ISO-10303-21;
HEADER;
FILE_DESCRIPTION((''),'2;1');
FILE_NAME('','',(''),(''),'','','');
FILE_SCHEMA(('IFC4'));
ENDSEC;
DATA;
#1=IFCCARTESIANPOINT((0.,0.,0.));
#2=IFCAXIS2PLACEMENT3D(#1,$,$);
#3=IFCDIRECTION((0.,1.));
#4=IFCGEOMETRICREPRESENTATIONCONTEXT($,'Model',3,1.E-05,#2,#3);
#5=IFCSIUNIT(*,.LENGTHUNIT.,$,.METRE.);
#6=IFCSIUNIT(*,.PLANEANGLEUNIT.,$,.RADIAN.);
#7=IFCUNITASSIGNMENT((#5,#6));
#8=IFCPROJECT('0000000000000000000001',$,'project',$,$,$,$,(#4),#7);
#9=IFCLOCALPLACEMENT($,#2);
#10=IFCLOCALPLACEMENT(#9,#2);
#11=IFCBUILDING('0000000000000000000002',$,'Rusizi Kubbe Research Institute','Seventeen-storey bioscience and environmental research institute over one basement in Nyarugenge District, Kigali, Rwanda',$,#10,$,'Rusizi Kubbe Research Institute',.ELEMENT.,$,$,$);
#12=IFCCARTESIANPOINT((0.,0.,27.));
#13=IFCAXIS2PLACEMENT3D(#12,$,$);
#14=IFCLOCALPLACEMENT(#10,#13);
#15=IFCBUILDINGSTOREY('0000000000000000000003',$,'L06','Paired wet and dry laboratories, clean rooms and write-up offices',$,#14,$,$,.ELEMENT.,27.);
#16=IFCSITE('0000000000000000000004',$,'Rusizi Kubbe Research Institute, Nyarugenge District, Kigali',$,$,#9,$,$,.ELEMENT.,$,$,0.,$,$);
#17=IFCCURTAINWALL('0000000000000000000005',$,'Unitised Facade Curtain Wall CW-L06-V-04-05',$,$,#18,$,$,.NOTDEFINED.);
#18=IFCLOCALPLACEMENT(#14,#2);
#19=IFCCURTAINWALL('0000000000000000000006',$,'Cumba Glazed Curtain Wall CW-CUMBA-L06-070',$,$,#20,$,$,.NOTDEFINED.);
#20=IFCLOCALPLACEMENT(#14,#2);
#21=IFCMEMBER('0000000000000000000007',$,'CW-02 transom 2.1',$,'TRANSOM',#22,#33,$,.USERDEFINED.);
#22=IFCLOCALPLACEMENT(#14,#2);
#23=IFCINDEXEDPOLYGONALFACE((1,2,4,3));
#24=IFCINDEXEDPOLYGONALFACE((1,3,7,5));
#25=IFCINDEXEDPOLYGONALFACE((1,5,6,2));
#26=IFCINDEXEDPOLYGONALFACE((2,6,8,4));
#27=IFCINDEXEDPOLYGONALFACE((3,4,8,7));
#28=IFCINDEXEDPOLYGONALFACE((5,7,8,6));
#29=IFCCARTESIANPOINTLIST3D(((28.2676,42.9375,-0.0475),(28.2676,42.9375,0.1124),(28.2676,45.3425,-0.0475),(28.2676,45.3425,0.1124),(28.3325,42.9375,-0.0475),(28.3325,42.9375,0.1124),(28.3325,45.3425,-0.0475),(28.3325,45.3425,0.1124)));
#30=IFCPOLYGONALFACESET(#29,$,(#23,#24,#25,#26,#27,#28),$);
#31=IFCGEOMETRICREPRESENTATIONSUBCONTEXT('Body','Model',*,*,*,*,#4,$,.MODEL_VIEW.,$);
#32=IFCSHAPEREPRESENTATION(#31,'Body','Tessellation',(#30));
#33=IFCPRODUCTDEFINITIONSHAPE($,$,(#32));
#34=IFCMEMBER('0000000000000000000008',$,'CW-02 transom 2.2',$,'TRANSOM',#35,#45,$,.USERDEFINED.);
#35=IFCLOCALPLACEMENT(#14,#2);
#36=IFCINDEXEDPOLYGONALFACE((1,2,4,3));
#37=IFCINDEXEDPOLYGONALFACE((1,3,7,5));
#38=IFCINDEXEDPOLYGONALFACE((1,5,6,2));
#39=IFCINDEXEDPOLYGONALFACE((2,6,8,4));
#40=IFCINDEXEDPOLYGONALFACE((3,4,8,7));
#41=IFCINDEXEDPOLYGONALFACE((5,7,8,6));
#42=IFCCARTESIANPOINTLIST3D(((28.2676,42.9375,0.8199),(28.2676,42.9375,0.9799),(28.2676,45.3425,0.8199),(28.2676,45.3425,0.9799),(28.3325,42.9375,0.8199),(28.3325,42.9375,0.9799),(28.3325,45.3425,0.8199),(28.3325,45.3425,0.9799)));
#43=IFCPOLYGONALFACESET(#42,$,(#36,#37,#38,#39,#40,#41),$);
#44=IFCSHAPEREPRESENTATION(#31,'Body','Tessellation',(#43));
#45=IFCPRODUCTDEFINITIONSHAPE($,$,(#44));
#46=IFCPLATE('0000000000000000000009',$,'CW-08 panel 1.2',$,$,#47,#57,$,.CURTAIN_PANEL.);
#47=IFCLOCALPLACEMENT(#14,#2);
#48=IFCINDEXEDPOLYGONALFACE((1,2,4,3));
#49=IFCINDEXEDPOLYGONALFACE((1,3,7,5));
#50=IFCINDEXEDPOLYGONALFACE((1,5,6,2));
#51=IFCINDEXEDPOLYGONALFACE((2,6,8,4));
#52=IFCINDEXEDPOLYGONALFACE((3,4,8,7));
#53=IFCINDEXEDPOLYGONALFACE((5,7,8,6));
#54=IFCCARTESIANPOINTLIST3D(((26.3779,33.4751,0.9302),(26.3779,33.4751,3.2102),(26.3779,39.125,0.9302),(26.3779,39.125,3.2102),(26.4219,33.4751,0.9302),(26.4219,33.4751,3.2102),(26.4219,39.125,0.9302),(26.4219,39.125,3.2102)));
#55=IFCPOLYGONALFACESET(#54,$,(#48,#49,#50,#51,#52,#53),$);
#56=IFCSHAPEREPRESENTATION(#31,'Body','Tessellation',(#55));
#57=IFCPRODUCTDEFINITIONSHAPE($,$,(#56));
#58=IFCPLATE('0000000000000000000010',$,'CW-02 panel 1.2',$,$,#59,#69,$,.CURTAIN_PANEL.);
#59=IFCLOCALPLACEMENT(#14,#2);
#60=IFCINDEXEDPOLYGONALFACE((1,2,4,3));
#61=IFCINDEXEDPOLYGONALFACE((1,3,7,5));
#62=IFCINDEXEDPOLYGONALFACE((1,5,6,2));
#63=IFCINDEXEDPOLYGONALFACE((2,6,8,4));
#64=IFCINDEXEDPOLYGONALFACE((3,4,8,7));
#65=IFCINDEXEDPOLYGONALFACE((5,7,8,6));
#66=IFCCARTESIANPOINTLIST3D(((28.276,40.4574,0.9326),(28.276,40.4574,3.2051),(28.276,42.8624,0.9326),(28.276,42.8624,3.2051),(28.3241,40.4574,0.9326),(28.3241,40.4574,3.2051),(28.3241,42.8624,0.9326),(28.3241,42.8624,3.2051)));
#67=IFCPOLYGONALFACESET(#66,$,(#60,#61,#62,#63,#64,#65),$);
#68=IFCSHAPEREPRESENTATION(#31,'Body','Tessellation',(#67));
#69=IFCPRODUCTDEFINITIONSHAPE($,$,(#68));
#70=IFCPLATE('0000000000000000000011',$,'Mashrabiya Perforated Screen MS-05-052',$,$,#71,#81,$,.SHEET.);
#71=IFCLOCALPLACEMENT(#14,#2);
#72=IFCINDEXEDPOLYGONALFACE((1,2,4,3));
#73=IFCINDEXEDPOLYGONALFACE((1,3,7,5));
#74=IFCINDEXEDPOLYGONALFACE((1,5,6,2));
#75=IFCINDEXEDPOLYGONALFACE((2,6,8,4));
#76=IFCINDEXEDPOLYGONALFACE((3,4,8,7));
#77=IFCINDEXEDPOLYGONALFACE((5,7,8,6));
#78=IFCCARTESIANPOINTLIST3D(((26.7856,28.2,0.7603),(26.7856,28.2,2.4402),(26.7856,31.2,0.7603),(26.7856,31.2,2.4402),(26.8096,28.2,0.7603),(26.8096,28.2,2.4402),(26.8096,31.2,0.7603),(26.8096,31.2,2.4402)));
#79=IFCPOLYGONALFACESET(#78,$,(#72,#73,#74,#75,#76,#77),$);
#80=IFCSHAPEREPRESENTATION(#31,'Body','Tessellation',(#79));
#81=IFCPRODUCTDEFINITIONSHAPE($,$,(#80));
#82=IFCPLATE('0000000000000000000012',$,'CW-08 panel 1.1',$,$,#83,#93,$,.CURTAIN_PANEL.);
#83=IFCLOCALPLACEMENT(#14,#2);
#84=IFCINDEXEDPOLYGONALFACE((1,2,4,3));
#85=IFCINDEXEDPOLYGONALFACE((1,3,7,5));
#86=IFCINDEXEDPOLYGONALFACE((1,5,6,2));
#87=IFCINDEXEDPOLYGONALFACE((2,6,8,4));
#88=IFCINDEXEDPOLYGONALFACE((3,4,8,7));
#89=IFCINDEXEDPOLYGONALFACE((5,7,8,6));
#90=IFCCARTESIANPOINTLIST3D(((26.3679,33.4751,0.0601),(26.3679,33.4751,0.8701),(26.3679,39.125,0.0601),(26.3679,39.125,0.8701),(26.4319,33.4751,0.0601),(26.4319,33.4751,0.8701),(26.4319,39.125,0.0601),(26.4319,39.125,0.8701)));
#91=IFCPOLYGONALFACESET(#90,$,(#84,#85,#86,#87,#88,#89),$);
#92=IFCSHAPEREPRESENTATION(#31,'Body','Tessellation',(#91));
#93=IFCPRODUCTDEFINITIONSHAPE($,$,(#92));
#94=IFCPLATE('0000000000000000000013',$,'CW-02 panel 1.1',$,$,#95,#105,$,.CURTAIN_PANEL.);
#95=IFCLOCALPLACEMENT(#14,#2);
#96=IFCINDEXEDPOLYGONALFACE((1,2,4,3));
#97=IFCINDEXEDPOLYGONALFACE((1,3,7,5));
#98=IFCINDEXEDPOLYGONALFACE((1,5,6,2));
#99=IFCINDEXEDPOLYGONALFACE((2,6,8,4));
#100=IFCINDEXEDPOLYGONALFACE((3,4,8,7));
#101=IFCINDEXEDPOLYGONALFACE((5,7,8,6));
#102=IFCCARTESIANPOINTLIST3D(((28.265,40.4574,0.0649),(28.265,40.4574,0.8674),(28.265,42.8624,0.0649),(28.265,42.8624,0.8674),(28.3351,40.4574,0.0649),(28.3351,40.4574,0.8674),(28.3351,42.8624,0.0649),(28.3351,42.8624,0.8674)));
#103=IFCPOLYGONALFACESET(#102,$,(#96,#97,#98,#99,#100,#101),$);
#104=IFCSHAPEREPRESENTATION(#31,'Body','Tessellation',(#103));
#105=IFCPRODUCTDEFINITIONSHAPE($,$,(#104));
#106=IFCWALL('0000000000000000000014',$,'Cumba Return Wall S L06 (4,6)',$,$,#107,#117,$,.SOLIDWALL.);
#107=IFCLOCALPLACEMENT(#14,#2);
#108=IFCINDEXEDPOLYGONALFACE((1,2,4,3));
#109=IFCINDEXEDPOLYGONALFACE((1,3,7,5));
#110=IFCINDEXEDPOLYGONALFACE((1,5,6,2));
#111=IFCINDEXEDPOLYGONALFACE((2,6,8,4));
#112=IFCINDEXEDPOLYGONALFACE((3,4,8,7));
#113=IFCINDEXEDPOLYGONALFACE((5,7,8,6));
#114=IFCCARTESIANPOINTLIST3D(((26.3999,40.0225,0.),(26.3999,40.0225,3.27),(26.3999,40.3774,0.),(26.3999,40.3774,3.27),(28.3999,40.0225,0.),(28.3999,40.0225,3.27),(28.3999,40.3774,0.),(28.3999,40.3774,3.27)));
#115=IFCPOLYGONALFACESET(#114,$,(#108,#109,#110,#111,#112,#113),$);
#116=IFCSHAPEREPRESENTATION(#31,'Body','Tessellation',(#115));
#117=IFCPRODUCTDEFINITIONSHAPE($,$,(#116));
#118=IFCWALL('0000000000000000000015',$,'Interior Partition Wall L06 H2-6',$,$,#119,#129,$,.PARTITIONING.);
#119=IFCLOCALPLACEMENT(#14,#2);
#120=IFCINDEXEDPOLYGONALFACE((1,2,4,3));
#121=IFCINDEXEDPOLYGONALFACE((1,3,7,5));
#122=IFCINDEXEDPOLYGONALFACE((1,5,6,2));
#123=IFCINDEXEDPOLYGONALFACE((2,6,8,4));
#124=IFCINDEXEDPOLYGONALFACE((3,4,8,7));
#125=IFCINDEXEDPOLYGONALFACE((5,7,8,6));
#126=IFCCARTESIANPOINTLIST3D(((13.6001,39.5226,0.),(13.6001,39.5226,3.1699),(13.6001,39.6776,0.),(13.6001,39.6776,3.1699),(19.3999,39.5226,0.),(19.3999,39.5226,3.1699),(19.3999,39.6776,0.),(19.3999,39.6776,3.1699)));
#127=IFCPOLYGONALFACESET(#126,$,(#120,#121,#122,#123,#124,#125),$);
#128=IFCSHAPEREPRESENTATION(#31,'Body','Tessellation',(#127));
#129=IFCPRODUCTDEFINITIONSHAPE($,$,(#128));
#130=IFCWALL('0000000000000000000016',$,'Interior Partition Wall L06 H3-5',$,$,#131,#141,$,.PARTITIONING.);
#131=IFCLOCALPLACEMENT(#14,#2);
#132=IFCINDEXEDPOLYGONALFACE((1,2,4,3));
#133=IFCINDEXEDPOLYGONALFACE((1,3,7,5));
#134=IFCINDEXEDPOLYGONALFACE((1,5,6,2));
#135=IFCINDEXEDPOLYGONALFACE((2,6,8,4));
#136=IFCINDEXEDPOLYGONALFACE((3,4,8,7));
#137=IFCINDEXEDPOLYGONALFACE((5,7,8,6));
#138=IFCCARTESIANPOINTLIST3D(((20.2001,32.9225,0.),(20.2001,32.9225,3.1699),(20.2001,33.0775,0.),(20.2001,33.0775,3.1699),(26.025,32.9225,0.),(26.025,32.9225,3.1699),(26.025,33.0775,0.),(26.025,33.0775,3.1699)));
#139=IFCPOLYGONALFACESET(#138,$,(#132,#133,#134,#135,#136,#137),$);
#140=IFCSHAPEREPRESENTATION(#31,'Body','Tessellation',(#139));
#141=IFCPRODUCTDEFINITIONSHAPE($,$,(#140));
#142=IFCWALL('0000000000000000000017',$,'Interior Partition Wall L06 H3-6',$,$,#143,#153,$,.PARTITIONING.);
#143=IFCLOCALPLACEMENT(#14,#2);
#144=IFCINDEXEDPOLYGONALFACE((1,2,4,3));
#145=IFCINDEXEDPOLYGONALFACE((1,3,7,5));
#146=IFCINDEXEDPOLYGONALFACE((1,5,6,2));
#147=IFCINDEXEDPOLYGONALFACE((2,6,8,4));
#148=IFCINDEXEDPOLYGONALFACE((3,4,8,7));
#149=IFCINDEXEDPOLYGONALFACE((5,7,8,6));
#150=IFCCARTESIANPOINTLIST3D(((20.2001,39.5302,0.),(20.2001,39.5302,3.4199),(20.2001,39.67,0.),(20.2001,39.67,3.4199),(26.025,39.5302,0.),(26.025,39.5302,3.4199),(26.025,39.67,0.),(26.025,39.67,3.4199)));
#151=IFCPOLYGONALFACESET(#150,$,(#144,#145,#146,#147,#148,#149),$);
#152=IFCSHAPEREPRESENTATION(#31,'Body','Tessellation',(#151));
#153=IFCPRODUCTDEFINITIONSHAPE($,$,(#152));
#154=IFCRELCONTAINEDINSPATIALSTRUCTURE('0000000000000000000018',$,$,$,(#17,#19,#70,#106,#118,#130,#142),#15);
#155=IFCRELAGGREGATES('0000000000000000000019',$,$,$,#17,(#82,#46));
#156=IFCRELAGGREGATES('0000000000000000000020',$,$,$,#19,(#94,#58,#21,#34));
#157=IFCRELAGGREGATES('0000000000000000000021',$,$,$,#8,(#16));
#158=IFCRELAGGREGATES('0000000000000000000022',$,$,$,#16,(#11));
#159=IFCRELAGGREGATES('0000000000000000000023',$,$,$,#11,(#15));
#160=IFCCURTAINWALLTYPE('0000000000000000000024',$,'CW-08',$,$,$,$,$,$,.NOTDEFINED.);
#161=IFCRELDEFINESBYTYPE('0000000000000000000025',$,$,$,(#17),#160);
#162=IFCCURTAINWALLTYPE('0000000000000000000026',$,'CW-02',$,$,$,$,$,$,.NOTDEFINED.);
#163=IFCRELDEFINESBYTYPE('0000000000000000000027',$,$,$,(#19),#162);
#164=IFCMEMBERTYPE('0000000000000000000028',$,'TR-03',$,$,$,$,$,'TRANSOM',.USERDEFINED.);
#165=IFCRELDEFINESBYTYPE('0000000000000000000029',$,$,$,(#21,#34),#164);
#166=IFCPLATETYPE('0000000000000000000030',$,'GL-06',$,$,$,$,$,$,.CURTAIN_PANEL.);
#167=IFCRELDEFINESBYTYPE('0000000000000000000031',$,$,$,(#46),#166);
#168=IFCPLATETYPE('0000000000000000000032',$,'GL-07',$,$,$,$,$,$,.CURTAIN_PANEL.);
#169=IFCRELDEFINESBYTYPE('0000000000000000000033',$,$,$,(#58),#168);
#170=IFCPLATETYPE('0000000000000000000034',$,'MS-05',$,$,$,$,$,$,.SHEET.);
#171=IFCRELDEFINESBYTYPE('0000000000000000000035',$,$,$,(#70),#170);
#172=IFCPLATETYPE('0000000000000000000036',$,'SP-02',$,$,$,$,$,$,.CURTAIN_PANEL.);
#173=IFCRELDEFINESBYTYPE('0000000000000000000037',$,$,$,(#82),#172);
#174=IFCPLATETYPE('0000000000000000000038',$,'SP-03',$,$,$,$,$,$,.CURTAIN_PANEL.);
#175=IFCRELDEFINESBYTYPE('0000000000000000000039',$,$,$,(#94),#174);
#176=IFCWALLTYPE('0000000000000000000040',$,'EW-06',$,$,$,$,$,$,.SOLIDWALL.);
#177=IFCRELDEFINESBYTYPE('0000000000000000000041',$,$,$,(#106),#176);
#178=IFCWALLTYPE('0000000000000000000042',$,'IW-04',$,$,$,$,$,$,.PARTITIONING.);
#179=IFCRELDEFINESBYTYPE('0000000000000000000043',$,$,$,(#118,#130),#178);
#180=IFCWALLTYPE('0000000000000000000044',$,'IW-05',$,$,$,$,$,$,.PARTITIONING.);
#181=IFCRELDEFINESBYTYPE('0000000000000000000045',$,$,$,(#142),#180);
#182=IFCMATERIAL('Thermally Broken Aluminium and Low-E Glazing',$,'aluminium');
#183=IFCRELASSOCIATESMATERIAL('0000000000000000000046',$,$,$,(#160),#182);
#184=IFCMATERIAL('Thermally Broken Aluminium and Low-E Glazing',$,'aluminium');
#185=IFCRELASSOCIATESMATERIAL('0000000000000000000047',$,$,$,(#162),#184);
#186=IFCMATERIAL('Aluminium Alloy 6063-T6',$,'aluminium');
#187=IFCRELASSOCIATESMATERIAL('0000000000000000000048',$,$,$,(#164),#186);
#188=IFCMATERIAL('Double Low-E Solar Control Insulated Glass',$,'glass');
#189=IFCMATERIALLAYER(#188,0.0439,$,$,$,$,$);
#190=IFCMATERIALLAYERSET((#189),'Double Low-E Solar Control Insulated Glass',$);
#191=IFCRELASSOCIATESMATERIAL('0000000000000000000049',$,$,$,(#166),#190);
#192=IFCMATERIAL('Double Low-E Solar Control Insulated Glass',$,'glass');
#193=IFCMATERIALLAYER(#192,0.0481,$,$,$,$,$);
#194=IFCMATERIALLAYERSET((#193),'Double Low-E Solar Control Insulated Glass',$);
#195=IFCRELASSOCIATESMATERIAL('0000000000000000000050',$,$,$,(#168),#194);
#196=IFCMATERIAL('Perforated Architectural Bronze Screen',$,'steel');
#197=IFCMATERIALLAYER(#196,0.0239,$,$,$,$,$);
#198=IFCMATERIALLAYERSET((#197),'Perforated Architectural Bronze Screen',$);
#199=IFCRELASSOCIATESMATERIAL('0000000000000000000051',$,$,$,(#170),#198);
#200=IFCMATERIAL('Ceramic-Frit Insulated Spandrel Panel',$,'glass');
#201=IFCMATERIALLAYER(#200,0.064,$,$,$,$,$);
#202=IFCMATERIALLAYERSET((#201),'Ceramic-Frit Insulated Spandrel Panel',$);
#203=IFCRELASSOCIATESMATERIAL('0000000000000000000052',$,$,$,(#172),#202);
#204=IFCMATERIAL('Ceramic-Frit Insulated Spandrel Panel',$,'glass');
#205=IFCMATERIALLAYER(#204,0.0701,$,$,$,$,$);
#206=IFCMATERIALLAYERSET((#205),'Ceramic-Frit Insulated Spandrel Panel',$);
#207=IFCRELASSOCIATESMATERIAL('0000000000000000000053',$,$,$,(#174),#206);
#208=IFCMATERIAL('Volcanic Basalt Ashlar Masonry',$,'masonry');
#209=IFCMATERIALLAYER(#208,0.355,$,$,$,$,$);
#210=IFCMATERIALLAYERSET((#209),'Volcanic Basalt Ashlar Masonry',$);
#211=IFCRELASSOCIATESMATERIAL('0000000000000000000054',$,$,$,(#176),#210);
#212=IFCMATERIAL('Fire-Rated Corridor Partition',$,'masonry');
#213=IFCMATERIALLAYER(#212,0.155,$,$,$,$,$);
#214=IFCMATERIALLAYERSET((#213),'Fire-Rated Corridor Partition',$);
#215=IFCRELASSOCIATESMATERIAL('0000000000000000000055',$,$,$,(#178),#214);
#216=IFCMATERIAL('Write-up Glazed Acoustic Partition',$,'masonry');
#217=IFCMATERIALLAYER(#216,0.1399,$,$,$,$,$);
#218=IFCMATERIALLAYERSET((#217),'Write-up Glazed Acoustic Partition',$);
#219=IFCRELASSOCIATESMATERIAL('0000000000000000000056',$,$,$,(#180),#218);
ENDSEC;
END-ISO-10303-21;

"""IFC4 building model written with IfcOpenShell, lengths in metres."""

from ifc_helpers import new_model, si_unit, direction, frame, frame_2d, origin, origin_2d, place, context, subcontext, project, spatial, rectangle, extrude, material, layer, layer_set, material_profile, profile_set, type_object, element, aggregate, save


model = new_model("IFC4")

# Units and contexts
model_context = context("Model", 3, precision=1e-05, world=origin(), true_north=direction((0.0, 1.0)))
body_context = subcontext(model_context, "Body", "Model", "MODEL_VIEW")
ifc_project = project(units=[si_unit("LENGTHUNIT", "METRE"), si_unit("PLANEANGLEUNIT", "RADIAN")], contexts=[model_context])

# Site, building, storey
site_placement = place(None, origin())
site = spatial("IfcSite", under=ifc_project, at=site_placement, Name="Rusizi Kubbe Research Institute, Nyarugenge District, Kigali", CompositionType="ELEMENT", RefElevation=0.0)
building_placement = place(site_placement, origin())
building = spatial("IfcBuilding", under=site, at=building_placement, Name="Rusizi Kubbe Research Institute", Description="Seventeen-storey bioscience and environmental research institute over one basement in Nyarugenge District, Kigali, Rwanda", LongName="Rusizi Kubbe Research Institute", CompositionType="ELEMENT")
storey_placement = place(building_placement, frame((0.0, 0.0, 27.0)))
storey = spatial("IfcBuildingStorey", under=building, at=storey_placement, Name="L06", Description="Paired wet and dry laboratories, clean rooms and write-up offices", CompositionType="ELEMENT", Elevation=27.0)

# Curtain walls
ifc_material_1 = material(Name="Thermally Broken Aluminium and Low-E Glazing", Category="aluminium")
curtain_wall_type_1 = type_object("IfcCurtainWallType", Name="CW-08", PredefinedType="NOTDEFINED", material=ifc_material_1)
curtain_wall_1_placement = place(storey_placement, origin())
curtain_wall_1 = element("IfcCurtainWall", 1, at=curtain_wall_1_placement, inside=storey, type_object=curtain_wall_type_1, Name="Unitised Facade Curtain Wall CW-L06-V-04-05", PredefinedType="NOTDEFINED")
ifc_material_2 = material(Name="Thermally Broken Aluminium and Low-E Glazing", Category="aluminium")
curtain_wall_type_2 = type_object("IfcCurtainWallType", Name="CW-02", PredefinedType="NOTDEFINED", material=ifc_material_2)
curtain_wall_2_placement = place(storey_placement, origin())
curtain_wall_2 = element("IfcCurtainWall", 2, at=curtain_wall_2_placement, inside=storey, type_object=curtain_wall_type_2, Name="Cumba Glazed Curtain Wall CW-CUMBA-L06-070", PredefinedType="NOTDEFINED")

# Members
ifc_material_3 = material(Name="Aluminium Alloy 6063-T6", Category="aluminium")
ifc_material_profile_1 = material_profile(ifc_material_3, rectangle(XDim=0.0649, YDim=0.1599, at=origin_2d()), Name="ALU-T 65x160")
ifc_profile_set_1 = profile_set([ifc_material_profile_1], Name="Aluminium Alloy 6063-T6")
member_type_1 = type_object("IfcMemberType", Name="TR-03", ElementType="TRANSOM", PredefinedType="USERDEFINED", material=ifc_profile_set_1)
member_1_placement = place(storey_placement, frame((28.3, 42.9375, 0.0325), z_axis=(0.0, 1.0, 0.0), x_axis=(-1.0, 0.0, 0.0)))
member_1 = element("IfcMember", 3, at=member_1_placement, type_object=member_type_1, Name="CW-02 transom 2.1", ObjectType="TRANSOM", PredefinedType="USERDEFINED", context=body_context, shape_type="SweptSolid", body=[
    extrude(rectangle(XDim=0.0649, YDim=0.1599, at=origin_2d()), origin(), (0.0, 0.0, 1.0), 2.405),
])
member_2_placement = place(storey_placement, frame((28.3, 42.9375, 0.8999), z_axis=(0.0, 1.0, 0.0), x_axis=(-1.0, 0.0, 0.0)))
member_2 = element("IfcMember", 4, at=member_2_placement, type_object=member_type_1, Name="CW-02 transom 2.2", ObjectType="TRANSOM", PredefinedType="USERDEFINED", context=body_context, shape_type="SweptSolid", body=[
    extrude(rectangle(XDim=0.0649, YDim=0.1599, at=origin_2d()), origin(), (0.0, 0.0, 1.0), 2.405),
])

# Plates
ifc_material_4 = material(Name="Double Low-E Solar Control Insulated Glass", Category="glass")
ifc_layer_1 = layer(ifc_material_4, 0.0439)
ifc_layer_set_1 = layer_set([ifc_layer_1], Name="Double Low-E Solar Control Insulated Glass")
plate_type_1 = type_object("IfcPlateType", Name="GL-06", PredefinedType="CURTAIN_PANEL", material=ifc_layer_set_1)
plate_1_placement = place(storey_placement, frame((26.3999, 36.3, 0.9302), z_axis=(0.0, 0.0, 1.0), x_axis=(0.0, 1.0, 0.0)))
plate_1 = element("IfcPlate", 5, at=plate_1_placement, type_object=plate_type_1, Name="CW-08 panel 1.2", PredefinedType="CURTAIN_PANEL", context=body_context, shape_type="SweptSolid", body=[
    extrude(rectangle(XDim=5.6499, YDim=0.0439, at=origin_2d()), origin(), (0.0, 0.0, 1.0), 2.28),
])
ifc_material_5 = material(Name="Double Low-E Solar Control Insulated Glass", Category="glass")
ifc_layer_2 = layer(ifc_material_5, 0.0481)
ifc_layer_set_2 = layer_set([ifc_layer_2], Name="Double Low-E Solar Control Insulated Glass")
plate_type_2 = type_object("IfcPlateType", Name="GL-07", PredefinedType="CURTAIN_PANEL", material=ifc_layer_set_2)
plate_2_placement = place(storey_placement, frame((28.3, 41.6599, 0.9326), z_axis=(0.0, 0.0, 1.0), x_axis=(0.0, 1.0, 0.0)))
plate_2 = element("IfcPlate", 6, at=plate_2_placement, type_object=plate_type_2, Name="CW-02 panel 1.2", PredefinedType="CURTAIN_PANEL", context=body_context, shape_type="SweptSolid", body=[
    extrude(rectangle(XDim=2.405, YDim=0.0481, at=origin_2d()), origin(), (0.0, 0.0, 1.0), 2.2725),
])
ifc_material_6 = material(Name="Perforated Architectural Bronze Screen", Category="steel")
ifc_layer_3 = layer(ifc_material_6, 0.0239)
ifc_layer_set_3 = layer_set([ifc_layer_3], Name="Perforated Architectural Bronze Screen")
plate_type_3 = type_object("IfcPlateType", Name="MS-05", PredefinedType="SHEET", material=ifc_layer_set_3)
plate_3_placement = place(storey_placement, frame((26.7976, 29.7, 0.7603), z_axis=(0.0, 0.0, 1.0), x_axis=(0.0, 1.0, 0.0)))
element("IfcPlate", 7, at=plate_3_placement, inside=storey, type_object=plate_type_3, Name="Mashrabiya Perforated Screen MS-05-052", PredefinedType="SHEET", context=body_context, shape_type="SweptSolid", body=[
    extrude(rectangle(XDim=3.0, YDim=0.0239, at=origin_2d()), origin(), (0.0, 0.0, 1.0), 1.6799),
])
ifc_material_7 = material(Name="Ceramic-Frit Insulated Spandrel Panel", Category="glass")
ifc_layer_4 = layer(ifc_material_7, 0.064)
ifc_layer_set_4 = layer_set([ifc_layer_4], Name="Ceramic-Frit Insulated Spandrel Panel")
plate_type_4 = type_object("IfcPlateType", Name="SP-02", PredefinedType="CURTAIN_PANEL", material=ifc_layer_set_4)
plate_4_placement = place(storey_placement, frame((26.3999, 36.3, 0.0601), z_axis=(0.0, 0.0, 1.0), x_axis=(0.0, 1.0, 0.0)))
plate_4 = element("IfcPlate", 8, at=plate_4_placement, type_object=plate_type_4, Name="CW-08 panel 1.1", PredefinedType="CURTAIN_PANEL", context=body_context, shape_type="SweptSolid", body=[
    extrude(rectangle(XDim=5.6499, YDim=0.064, at=origin_2d()), origin(), (0.0, 0.0, 1.0), 0.8101),
])
aggregate(curtain_wall_1, [plate_4, plate_1])
ifc_material_8 = material(Name="Ceramic-Frit Insulated Spandrel Panel", Category="glass")
ifc_layer_5 = layer(ifc_material_8, 0.0701)
ifc_layer_set_5 = layer_set([ifc_layer_5], Name="Ceramic-Frit Insulated Spandrel Panel")
plate_type_5 = type_object("IfcPlateType", Name="SP-03", PredefinedType="CURTAIN_PANEL", material=ifc_layer_set_5)
plate_5_placement = place(storey_placement, frame((28.3, 41.6599, 0.0649), z_axis=(0.0, 0.0, 1.0), x_axis=(0.0, 1.0, 0.0)))
plate_5 = element("IfcPlate", 9, at=plate_5_placement, type_object=plate_type_5, Name="CW-02 panel 1.1", PredefinedType="CURTAIN_PANEL", context=body_context, shape_type="SweptSolid", body=[
    extrude(rectangle(XDim=2.405, YDim=0.0701, at=origin_2d()), origin(), (0.0, 0.0, 1.0), 0.8025),
])
aggregate(curtain_wall_2, [plate_5, plate_2, member_1, member_2])

# Walls
ifc_material_9 = material(Name="Volcanic Basalt Ashlar Masonry", Category="masonry")
ifc_layer_6 = layer(ifc_material_9, 0.355)
ifc_layer_set_6 = layer_set([ifc_layer_6], Name="Volcanic Basalt Ashlar Masonry")
wall_type_1 = type_object("IfcWallType", Name="EW-06", PredefinedType="SOLIDWALL", material=ifc_layer_set_6)
wall_1_placement = place(storey_placement, frame((26.3999, 40.2, 0.0), z_axis=(0.0, 0.0, 1.0), x_axis=(1.0, 0.0, 0.0)))
element("IfcWall", 10, at=wall_1_placement, inside=storey, type_object=wall_type_1, Name="Cumba Return Wall S L06 (4,6)", PredefinedType="SOLIDWALL", context=body_context, shape_type="SweptSolid", body=[
    extrude(rectangle(XDim=2.0, YDim=0.355, at=frame_2d((1.0, 0.0))), origin(), (0.0, 0.0, 1.0), 3.27),
])
ifc_material_10 = material(Name="Fire-Rated Corridor Partition", Category="masonry")
ifc_layer_7 = layer(ifc_material_10, 0.155)
ifc_layer_set_7 = layer_set([ifc_layer_7], Name="Fire-Rated Corridor Partition")
wall_type_2 = type_object("IfcWallType", Name="IW-04", PredefinedType="PARTITIONING", material=ifc_layer_set_7)
wall_2_placement = place(storey_placement, frame((13.6001, 39.6001, 0.0), z_axis=(0.0, 0.0, 1.0), x_axis=(1.0, 0.0, 0.0)))
element("IfcWall", 11, at=wall_2_placement, inside=storey, type_object=wall_type_2, Name="Interior Partition Wall L06 H2-6", PredefinedType="PARTITIONING", context=body_context, shape_type="SweptSolid", body=[
    extrude(rectangle(XDim=5.7998, YDim=0.155, at=frame_2d((2.8999, 0.0))), origin(), (0.0, 0.0, 1.0), 3.1699),
])
wall_3_placement = place(storey_placement, frame((20.2, 33.0, 0.0), z_axis=(0.0, 0.0, 1.0), x_axis=(1.0, 0.0, 0.0)))
element("IfcWall", 12, at=wall_3_placement, inside=storey, type_object=wall_type_2, Name="Interior Partition Wall L06 H3-5", PredefinedType="PARTITIONING", context=body_context, shape_type="SweptSolid", body=[
    extrude(rectangle(XDim=5.825, YDim=0.155, at=frame_2d((2.9126, 0.0))), origin(), (0.0, 0.0, 1.0), 3.1699),
])
ifc_material_11 = material(Name="Write-up Glazed Acoustic Partition", Category="masonry")
ifc_layer_8 = layer(ifc_material_11, 0.1399)
ifc_layer_set_8 = layer_set([ifc_layer_8], Name="Write-up Glazed Acoustic Partition")
wall_type_3 = type_object("IfcWallType", Name="IW-05", PredefinedType="PARTITIONING", material=ifc_layer_set_8)
wall_4_placement = place(storey_placement, frame((20.2, 39.6001, 0.0), z_axis=(0.0, 0.0, 1.0), x_axis=(1.0, 0.0, 0.0)))
element("IfcWall", 13, at=wall_4_placement, inside=storey, type_object=wall_type_3, Name="Interior Partition Wall L06 H3-6", PredefinedType="PARTITIONING", context=body_context, shape_type="SweptSolid", body=[
    extrude(rectangle(XDim=5.825, YDim=0.1399, at=frame_2d((2.9126, 0.0))), origin(), (0.0, 0.0, 1.0), 3.4199),
])

save(model, "model.ifc")
